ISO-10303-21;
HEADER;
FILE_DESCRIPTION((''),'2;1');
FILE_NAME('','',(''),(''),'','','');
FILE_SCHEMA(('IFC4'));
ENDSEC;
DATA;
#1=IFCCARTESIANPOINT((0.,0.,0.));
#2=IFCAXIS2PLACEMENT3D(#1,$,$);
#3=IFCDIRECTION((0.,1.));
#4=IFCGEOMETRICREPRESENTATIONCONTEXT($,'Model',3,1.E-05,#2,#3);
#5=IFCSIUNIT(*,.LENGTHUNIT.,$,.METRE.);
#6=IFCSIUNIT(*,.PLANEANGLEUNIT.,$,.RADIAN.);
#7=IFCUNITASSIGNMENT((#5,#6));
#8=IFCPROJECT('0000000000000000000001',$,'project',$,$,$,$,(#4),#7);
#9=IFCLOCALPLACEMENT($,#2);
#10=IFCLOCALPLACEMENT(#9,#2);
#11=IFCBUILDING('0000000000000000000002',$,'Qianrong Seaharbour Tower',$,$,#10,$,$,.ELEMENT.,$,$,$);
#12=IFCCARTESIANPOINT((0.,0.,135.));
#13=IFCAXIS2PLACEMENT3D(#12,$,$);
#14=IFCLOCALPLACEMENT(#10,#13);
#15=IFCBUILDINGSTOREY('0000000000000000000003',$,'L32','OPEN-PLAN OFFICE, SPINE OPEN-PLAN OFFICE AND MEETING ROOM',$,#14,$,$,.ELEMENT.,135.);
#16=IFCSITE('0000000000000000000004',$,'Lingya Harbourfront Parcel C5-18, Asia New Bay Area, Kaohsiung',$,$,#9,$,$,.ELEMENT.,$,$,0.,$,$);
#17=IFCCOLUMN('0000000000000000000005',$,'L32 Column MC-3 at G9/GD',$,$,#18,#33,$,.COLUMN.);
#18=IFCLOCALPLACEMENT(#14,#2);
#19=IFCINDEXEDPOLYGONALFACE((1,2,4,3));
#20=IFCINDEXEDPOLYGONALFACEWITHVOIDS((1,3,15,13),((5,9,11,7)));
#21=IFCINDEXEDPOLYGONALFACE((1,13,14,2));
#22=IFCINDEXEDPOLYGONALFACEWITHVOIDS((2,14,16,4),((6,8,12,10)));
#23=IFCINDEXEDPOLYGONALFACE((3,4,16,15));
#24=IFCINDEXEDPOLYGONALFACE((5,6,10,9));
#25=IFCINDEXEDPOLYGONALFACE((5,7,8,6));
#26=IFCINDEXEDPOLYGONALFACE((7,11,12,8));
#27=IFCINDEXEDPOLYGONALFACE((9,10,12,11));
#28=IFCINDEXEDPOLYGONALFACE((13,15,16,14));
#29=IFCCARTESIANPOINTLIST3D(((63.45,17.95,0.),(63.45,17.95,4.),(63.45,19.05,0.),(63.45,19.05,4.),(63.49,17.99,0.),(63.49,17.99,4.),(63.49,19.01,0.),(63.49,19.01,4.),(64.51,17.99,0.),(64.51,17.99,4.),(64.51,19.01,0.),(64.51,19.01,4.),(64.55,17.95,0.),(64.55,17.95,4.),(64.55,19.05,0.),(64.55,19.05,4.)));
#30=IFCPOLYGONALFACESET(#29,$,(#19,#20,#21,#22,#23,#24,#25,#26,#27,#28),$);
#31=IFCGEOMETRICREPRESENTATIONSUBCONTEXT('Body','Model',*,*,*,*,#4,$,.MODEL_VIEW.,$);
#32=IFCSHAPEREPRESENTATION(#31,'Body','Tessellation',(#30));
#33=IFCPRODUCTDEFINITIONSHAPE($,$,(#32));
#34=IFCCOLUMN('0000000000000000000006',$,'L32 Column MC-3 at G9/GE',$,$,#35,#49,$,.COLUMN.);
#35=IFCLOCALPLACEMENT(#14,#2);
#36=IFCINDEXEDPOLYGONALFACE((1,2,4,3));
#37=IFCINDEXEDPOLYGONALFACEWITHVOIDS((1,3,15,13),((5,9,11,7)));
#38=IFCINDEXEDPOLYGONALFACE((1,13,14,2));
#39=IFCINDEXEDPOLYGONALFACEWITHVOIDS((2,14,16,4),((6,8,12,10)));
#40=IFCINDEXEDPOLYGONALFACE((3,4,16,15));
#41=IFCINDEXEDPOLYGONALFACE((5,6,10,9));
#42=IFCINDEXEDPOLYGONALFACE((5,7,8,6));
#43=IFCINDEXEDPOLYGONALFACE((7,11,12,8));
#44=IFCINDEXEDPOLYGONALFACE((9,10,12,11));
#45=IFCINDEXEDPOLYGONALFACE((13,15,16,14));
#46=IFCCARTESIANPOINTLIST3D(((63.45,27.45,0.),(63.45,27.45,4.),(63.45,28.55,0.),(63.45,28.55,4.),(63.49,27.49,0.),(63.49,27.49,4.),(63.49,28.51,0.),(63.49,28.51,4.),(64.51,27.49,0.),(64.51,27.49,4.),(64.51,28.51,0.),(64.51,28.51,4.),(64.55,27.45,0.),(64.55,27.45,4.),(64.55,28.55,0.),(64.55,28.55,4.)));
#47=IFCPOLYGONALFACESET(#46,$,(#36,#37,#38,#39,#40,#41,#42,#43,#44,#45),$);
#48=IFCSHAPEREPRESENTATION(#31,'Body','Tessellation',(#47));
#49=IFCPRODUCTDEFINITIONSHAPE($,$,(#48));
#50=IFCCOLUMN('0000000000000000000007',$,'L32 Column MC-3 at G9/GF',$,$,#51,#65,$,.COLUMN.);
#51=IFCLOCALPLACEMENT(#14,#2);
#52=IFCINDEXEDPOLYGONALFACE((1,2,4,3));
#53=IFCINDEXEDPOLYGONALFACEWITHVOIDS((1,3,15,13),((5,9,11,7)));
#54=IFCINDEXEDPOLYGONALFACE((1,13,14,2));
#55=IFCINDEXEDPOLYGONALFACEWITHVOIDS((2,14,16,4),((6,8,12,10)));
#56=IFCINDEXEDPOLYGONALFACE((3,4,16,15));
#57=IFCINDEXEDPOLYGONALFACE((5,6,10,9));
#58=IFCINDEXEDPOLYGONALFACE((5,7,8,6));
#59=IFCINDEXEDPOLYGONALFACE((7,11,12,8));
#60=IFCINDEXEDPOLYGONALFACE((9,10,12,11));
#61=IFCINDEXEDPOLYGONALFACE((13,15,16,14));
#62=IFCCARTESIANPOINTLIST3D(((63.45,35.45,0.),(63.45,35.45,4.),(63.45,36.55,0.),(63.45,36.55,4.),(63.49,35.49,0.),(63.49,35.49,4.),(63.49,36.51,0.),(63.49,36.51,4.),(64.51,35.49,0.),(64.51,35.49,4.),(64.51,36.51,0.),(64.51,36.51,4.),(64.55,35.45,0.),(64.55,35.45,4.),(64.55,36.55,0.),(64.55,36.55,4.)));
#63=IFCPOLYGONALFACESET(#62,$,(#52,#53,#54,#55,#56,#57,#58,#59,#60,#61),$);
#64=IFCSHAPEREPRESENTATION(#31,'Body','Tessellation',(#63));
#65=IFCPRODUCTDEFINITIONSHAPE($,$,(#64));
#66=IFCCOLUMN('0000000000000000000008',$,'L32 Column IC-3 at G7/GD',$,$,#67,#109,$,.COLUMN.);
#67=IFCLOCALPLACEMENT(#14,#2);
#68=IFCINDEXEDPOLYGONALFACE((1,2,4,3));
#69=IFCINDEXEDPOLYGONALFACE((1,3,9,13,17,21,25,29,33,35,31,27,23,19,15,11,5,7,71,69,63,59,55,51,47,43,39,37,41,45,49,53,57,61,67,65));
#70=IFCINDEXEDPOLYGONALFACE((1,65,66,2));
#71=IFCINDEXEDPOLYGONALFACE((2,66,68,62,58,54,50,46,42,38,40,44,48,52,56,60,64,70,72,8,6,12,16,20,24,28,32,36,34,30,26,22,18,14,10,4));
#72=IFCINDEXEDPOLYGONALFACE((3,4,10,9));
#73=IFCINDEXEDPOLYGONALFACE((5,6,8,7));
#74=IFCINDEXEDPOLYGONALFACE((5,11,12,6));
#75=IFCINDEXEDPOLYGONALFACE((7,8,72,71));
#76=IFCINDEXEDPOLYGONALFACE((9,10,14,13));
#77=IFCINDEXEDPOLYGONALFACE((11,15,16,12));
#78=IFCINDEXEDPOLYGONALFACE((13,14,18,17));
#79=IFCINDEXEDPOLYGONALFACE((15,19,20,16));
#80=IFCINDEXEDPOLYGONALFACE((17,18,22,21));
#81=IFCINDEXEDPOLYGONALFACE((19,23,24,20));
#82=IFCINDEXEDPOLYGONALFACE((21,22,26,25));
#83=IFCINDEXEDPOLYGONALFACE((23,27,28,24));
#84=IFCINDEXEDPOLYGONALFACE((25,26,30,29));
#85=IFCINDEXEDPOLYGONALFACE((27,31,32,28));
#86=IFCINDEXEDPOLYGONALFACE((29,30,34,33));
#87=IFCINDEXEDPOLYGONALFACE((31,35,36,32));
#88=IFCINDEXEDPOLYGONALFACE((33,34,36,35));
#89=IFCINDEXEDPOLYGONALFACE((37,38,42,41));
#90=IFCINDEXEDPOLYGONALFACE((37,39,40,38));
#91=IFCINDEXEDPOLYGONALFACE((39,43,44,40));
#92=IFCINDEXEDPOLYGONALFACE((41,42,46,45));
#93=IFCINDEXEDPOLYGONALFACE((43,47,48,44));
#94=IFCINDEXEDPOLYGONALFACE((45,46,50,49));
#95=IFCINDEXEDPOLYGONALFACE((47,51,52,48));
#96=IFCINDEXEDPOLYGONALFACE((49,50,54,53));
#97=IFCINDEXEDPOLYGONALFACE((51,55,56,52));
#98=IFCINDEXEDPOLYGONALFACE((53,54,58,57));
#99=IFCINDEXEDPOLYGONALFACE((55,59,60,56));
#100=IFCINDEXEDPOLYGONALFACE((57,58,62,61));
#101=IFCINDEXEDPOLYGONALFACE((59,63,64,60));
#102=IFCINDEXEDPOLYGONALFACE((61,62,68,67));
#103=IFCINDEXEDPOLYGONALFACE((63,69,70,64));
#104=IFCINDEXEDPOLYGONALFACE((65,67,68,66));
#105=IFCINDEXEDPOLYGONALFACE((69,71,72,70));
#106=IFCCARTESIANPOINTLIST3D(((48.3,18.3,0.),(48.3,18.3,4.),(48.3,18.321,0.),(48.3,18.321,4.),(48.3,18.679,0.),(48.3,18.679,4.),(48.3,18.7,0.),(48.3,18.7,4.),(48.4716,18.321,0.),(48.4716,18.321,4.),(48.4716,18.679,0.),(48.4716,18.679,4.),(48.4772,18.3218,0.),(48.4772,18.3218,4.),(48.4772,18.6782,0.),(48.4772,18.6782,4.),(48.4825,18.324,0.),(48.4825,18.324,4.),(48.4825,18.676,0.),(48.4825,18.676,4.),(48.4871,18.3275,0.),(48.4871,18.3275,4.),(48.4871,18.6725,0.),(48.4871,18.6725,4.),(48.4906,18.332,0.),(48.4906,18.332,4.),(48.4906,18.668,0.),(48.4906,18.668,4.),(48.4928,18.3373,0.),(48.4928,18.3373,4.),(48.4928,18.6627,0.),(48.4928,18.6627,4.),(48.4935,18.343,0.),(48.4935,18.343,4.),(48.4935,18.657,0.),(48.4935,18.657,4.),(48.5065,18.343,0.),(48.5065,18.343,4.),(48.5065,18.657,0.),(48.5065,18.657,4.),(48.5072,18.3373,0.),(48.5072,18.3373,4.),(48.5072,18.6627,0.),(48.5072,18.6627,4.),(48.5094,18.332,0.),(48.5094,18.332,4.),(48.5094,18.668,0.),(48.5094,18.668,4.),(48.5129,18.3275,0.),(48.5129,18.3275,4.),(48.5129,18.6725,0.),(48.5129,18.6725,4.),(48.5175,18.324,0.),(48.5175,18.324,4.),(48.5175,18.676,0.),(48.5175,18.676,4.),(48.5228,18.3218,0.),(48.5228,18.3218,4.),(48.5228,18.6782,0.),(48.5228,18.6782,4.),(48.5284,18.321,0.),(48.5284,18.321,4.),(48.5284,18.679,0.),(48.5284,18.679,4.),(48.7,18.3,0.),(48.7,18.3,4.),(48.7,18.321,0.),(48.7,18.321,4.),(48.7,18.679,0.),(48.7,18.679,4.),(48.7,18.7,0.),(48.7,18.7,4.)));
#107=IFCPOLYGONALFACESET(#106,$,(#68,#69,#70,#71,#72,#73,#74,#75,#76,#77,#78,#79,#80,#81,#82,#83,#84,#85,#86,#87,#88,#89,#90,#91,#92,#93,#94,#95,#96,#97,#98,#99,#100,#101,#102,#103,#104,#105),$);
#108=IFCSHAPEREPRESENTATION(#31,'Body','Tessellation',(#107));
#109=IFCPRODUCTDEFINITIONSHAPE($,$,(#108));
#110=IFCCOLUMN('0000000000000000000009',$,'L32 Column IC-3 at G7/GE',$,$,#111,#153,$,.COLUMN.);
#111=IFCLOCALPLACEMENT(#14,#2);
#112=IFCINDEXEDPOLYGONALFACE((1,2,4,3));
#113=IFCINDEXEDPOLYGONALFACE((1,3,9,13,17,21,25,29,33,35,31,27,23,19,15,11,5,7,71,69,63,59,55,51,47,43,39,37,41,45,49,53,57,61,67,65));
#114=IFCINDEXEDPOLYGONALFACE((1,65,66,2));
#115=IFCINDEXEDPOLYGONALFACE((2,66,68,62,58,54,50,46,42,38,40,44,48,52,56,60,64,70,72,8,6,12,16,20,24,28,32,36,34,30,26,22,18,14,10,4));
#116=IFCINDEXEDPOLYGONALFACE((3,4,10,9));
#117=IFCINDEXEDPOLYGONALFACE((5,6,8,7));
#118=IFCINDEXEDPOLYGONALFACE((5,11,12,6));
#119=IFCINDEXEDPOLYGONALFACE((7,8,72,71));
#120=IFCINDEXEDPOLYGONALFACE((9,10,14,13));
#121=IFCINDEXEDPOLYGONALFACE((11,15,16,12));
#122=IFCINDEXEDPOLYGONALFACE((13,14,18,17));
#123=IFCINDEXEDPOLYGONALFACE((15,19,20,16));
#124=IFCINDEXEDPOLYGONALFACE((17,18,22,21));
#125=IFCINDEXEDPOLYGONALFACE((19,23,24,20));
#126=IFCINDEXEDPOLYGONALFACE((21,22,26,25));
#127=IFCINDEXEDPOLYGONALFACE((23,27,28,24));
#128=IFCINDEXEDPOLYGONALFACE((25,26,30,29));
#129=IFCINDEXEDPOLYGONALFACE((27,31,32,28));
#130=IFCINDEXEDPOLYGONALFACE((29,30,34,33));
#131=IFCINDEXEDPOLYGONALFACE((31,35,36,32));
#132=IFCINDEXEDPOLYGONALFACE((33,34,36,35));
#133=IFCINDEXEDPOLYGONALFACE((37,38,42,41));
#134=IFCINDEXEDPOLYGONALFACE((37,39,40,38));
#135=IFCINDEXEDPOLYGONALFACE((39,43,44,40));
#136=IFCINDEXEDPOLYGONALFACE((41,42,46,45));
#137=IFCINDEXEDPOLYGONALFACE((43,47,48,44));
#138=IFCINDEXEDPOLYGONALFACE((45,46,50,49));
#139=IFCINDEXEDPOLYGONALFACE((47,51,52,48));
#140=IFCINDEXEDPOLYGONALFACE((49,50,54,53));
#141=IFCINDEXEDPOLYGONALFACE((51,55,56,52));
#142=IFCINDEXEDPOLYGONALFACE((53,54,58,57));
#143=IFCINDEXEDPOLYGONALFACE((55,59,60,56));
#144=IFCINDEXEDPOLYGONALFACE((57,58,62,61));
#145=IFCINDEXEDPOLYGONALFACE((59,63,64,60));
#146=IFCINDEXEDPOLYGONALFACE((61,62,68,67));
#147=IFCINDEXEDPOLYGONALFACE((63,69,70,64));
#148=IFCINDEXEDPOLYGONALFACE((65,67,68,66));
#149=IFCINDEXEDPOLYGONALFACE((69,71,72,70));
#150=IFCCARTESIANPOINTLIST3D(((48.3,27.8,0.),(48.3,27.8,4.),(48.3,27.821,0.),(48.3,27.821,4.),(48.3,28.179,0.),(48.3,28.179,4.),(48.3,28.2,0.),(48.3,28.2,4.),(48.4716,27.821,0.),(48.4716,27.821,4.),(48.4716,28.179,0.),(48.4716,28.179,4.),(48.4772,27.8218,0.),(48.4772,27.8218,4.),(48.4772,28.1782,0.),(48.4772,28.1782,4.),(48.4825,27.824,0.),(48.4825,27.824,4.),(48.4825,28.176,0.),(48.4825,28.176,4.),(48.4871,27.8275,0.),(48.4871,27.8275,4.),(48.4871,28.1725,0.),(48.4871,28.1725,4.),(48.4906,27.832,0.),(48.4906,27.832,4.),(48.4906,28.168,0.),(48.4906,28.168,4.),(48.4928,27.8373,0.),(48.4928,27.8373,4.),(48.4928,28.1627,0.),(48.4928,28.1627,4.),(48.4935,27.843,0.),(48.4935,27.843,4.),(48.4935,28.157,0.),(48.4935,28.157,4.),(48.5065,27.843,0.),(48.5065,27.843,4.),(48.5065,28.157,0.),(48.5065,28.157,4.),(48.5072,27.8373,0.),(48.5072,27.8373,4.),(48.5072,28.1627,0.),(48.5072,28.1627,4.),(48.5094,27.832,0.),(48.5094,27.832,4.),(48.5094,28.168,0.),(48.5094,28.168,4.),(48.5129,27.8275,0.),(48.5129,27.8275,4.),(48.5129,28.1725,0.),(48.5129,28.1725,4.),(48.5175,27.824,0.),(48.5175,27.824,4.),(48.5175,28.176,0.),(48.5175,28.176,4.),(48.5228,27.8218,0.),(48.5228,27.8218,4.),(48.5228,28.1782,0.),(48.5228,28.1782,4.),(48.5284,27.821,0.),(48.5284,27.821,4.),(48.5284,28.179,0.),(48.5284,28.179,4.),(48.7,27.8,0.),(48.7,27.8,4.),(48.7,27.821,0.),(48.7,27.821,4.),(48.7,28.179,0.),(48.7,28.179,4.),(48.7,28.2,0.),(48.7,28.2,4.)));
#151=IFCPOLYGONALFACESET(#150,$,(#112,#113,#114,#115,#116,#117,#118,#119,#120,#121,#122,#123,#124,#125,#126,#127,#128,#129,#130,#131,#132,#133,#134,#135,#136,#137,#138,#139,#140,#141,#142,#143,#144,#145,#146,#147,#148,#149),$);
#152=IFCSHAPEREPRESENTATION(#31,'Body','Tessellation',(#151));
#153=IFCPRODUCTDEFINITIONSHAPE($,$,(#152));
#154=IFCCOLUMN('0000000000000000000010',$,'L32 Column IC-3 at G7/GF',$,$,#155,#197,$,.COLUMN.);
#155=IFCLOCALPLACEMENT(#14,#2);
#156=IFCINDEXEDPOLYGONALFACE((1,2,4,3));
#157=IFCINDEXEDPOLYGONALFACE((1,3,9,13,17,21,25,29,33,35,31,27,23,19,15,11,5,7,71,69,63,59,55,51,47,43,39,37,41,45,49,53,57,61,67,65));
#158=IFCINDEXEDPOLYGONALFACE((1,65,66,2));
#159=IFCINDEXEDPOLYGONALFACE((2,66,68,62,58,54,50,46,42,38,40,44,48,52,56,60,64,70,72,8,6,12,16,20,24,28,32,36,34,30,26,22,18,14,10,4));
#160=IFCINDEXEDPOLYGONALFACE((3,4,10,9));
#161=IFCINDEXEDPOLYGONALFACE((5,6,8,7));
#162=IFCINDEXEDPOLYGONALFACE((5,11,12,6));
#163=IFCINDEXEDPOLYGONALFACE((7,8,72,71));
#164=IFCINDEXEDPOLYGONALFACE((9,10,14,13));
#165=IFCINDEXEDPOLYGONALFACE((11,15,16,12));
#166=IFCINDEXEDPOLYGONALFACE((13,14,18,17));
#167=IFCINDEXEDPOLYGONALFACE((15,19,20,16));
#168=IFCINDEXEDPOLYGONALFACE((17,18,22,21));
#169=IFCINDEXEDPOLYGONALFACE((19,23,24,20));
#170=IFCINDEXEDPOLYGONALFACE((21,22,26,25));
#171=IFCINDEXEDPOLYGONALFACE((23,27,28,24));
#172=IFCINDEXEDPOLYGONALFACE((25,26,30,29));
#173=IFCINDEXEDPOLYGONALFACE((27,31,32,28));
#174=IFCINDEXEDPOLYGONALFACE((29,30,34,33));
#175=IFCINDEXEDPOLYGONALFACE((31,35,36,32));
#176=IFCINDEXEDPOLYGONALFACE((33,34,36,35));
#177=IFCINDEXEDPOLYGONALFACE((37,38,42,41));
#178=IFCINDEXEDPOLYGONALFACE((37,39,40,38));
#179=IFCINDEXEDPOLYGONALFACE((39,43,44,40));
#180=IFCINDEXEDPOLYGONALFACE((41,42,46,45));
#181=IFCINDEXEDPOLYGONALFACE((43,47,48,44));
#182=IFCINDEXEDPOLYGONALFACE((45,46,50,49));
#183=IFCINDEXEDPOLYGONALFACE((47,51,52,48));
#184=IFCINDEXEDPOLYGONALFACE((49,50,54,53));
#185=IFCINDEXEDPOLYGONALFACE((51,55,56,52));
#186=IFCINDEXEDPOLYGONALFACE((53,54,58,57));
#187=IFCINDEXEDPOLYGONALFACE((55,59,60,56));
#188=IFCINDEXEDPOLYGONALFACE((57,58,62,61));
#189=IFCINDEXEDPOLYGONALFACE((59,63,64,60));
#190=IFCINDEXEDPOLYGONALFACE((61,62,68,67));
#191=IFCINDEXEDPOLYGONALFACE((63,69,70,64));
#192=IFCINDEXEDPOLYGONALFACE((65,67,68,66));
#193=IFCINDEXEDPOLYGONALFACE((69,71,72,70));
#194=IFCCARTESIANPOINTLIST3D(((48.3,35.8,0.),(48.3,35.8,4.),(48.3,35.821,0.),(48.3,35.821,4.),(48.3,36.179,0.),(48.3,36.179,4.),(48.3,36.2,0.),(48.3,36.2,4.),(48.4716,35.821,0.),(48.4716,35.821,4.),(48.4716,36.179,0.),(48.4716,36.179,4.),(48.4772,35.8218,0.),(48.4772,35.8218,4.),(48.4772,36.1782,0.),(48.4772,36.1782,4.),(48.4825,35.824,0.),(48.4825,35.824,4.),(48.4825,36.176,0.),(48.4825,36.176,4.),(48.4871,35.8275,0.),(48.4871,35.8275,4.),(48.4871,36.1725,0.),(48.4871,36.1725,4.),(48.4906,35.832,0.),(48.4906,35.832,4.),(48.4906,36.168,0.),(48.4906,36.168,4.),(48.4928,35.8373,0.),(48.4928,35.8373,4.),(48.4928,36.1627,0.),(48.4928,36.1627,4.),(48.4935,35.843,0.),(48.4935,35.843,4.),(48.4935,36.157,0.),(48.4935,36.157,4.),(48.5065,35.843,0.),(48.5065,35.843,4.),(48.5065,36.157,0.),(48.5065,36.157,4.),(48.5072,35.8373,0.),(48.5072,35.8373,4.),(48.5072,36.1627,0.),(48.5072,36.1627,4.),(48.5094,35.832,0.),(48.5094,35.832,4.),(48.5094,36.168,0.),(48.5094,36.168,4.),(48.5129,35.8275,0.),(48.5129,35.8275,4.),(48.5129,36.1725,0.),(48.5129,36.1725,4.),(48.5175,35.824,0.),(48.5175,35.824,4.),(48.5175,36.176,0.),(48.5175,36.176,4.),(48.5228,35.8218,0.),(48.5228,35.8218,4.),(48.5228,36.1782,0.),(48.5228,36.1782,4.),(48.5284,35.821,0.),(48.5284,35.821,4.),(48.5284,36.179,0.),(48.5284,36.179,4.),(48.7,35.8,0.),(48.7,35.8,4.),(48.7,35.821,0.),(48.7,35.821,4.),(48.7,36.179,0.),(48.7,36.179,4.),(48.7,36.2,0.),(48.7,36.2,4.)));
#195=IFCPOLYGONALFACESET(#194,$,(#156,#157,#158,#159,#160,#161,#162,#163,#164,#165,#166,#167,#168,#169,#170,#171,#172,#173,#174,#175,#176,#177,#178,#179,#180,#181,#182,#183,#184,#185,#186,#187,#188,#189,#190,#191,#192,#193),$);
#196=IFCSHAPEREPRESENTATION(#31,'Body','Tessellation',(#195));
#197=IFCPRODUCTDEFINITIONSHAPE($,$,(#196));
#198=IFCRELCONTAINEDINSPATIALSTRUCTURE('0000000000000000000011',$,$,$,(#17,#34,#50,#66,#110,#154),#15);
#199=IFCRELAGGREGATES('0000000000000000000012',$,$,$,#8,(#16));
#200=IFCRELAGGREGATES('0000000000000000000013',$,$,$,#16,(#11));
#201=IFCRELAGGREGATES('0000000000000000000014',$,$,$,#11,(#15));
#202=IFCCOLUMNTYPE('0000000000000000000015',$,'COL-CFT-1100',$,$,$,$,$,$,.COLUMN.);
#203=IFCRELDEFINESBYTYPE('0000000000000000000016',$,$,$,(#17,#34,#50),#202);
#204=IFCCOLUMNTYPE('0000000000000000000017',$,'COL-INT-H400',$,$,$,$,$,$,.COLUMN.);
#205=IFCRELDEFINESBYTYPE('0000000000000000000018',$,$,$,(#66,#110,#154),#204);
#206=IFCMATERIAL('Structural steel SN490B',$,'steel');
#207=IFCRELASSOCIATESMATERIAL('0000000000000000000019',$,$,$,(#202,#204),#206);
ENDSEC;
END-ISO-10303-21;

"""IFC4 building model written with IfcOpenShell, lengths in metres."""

from ifc_helpers import new_model, si_unit, direction, frame, origin, origin_2d, place, context, subcontext, project, spatial, hollow_rectangle, i_section, extrude, material, material_profile, profile_set, type_object, element, save


model = new_model("IFC4")

# Units and contexts
model_context = context("Model", 3, precision=1e-05, world=origin(), true_north=direction((0.0, 1.0)))
body_context = subcontext(model_context, "Body", "Model", "MODEL_VIEW")
ifc_project = project(units=[si_unit("LENGTHUNIT", "METRE"), si_unit("PLANEANGLEUNIT", "RADIAN")], contexts=[model_context])

# Site, building, storey
site_placement = place(None, origin())
site = spatial("IfcSite", under=ifc_project, at=site_placement, Name="Lingya Harbourfront Parcel C5-18, Asia New Bay Area, Kaohsiung", CompositionType="ELEMENT", RefElevation=0.0)
building_placement = place(site_placement, origin())
building = spatial("IfcBuilding", under=site, at=building_placement, Name="Qianrong Seaharbour Tower", CompositionType="ELEMENT")
storey_placement = place(building_placement, frame((0.0, 0.0, 135.0)))
storey = spatial("IfcBuildingStorey", under=building, at=storey_placement, Name="L32", Description="OPEN-PLAN OFFICE, SPINE OPEN-PLAN OFFICE AND MEETING ROOM", CompositionType="ELEMENT", Elevation=135.0)

# Columns
ifc_material_1 = material(Name="Structural steel SN490B", Category="steel")
ifc_material_profile_1 = material_profile(ifc_material_1, hollow_rectangle(XDim=1.1001, YDim=1.1001, WallThickness=0.04, at=origin_2d()), Name="BOX1100x1100x40")
ifc_profile_set_1 = profile_set([ifc_material_profile_1], Name="Structural steel SN490B")
column_type_1 = type_object("IfcColumnType", Name="COL-CFT-1100", PredefinedType="COLUMN", material=ifc_profile_set_1)
for number, where, z_axis, x_axis, name in (
    (1, (64.0, 18.5, 0.0), (0.0, 0.0, 1.0), (1.0, 0.0, 0.0), "L32 Column MC-3 at G9/GD"),
    (2, (64.0, 28.0, 0.0), (0.0, 0.0, 1.0), (1.0, 0.0, 0.0), "L32 Column MC-3 at G9/GE"),
    (3, (64.0, 36.0, 0.0), (0.0, 0.0, 1.0), (1.0, 0.0, 0.0), "L32 Column MC-3 at G9/GF"),
):
    element("IfcColumn", number, at=place(storey_placement, frame(where, z_axis=z_axis, x_axis=x_axis)), inside=storey, type_object=column_type_1, Name=name, PredefinedType="COLUMN", context=body_context, shape_type="SweptSolid", body=[
        extrude(hollow_rectangle(XDim=1.1001, YDim=1.1001, WallThickness=0.04, at=origin_2d()), origin(), (0.0, 0.0, 1.0), 4.0),
    ])
ifc_material_profile_2 = material_profile(ifc_material_1, i_section(OverallWidth=0.3999, OverallDepth=0.3999, WebThickness=0.0129, FlangeThickness=0.021, FilletRadius=0.022, at=origin_2d()), Name="H400x400x13x21")
ifc_profile_set_2 = profile_set([ifc_material_profile_2], Name="Structural steel SN490B")
column_type_2 = type_object("IfcColumnType", Name="COL-INT-H400", PredefinedType="COLUMN", material=ifc_profile_set_2)
for number, where, z_axis, x_axis, name in (
    (4, (48.5, 18.5, 0.0), (0.0, 0.0, 1.0), (1.0, 0.0, 0.0), "L32 Column IC-3 at G7/GD"),
    (5, (48.5, 28.0, 0.0), (0.0, 0.0, 1.0), (1.0, 0.0, 0.0), "L32 Column IC-3 at G7/GE"),
    (6, (48.5, 36.0, 0.0), (0.0, 0.0, 1.0), (1.0, 0.0, 0.0), "L32 Column IC-3 at G7/GF"),
):
    element("IfcColumn", number, at=place(storey_placement, frame(where, z_axis=z_axis, x_axis=x_axis)), inside=storey, type_object=column_type_2, Name=name, PredefinedType="COLUMN", context=body_context, shape_type="SweptSolid", body=[
        extrude(i_section(OverallWidth=0.3999, OverallDepth=0.3999, WebThickness=0.0129, FlangeThickness=0.021, FilletRadius=0.022, at=origin_2d()), origin(), (0.0, 0.0, 1.0), 4.0),
    ])

save(model, "model.ifc")
